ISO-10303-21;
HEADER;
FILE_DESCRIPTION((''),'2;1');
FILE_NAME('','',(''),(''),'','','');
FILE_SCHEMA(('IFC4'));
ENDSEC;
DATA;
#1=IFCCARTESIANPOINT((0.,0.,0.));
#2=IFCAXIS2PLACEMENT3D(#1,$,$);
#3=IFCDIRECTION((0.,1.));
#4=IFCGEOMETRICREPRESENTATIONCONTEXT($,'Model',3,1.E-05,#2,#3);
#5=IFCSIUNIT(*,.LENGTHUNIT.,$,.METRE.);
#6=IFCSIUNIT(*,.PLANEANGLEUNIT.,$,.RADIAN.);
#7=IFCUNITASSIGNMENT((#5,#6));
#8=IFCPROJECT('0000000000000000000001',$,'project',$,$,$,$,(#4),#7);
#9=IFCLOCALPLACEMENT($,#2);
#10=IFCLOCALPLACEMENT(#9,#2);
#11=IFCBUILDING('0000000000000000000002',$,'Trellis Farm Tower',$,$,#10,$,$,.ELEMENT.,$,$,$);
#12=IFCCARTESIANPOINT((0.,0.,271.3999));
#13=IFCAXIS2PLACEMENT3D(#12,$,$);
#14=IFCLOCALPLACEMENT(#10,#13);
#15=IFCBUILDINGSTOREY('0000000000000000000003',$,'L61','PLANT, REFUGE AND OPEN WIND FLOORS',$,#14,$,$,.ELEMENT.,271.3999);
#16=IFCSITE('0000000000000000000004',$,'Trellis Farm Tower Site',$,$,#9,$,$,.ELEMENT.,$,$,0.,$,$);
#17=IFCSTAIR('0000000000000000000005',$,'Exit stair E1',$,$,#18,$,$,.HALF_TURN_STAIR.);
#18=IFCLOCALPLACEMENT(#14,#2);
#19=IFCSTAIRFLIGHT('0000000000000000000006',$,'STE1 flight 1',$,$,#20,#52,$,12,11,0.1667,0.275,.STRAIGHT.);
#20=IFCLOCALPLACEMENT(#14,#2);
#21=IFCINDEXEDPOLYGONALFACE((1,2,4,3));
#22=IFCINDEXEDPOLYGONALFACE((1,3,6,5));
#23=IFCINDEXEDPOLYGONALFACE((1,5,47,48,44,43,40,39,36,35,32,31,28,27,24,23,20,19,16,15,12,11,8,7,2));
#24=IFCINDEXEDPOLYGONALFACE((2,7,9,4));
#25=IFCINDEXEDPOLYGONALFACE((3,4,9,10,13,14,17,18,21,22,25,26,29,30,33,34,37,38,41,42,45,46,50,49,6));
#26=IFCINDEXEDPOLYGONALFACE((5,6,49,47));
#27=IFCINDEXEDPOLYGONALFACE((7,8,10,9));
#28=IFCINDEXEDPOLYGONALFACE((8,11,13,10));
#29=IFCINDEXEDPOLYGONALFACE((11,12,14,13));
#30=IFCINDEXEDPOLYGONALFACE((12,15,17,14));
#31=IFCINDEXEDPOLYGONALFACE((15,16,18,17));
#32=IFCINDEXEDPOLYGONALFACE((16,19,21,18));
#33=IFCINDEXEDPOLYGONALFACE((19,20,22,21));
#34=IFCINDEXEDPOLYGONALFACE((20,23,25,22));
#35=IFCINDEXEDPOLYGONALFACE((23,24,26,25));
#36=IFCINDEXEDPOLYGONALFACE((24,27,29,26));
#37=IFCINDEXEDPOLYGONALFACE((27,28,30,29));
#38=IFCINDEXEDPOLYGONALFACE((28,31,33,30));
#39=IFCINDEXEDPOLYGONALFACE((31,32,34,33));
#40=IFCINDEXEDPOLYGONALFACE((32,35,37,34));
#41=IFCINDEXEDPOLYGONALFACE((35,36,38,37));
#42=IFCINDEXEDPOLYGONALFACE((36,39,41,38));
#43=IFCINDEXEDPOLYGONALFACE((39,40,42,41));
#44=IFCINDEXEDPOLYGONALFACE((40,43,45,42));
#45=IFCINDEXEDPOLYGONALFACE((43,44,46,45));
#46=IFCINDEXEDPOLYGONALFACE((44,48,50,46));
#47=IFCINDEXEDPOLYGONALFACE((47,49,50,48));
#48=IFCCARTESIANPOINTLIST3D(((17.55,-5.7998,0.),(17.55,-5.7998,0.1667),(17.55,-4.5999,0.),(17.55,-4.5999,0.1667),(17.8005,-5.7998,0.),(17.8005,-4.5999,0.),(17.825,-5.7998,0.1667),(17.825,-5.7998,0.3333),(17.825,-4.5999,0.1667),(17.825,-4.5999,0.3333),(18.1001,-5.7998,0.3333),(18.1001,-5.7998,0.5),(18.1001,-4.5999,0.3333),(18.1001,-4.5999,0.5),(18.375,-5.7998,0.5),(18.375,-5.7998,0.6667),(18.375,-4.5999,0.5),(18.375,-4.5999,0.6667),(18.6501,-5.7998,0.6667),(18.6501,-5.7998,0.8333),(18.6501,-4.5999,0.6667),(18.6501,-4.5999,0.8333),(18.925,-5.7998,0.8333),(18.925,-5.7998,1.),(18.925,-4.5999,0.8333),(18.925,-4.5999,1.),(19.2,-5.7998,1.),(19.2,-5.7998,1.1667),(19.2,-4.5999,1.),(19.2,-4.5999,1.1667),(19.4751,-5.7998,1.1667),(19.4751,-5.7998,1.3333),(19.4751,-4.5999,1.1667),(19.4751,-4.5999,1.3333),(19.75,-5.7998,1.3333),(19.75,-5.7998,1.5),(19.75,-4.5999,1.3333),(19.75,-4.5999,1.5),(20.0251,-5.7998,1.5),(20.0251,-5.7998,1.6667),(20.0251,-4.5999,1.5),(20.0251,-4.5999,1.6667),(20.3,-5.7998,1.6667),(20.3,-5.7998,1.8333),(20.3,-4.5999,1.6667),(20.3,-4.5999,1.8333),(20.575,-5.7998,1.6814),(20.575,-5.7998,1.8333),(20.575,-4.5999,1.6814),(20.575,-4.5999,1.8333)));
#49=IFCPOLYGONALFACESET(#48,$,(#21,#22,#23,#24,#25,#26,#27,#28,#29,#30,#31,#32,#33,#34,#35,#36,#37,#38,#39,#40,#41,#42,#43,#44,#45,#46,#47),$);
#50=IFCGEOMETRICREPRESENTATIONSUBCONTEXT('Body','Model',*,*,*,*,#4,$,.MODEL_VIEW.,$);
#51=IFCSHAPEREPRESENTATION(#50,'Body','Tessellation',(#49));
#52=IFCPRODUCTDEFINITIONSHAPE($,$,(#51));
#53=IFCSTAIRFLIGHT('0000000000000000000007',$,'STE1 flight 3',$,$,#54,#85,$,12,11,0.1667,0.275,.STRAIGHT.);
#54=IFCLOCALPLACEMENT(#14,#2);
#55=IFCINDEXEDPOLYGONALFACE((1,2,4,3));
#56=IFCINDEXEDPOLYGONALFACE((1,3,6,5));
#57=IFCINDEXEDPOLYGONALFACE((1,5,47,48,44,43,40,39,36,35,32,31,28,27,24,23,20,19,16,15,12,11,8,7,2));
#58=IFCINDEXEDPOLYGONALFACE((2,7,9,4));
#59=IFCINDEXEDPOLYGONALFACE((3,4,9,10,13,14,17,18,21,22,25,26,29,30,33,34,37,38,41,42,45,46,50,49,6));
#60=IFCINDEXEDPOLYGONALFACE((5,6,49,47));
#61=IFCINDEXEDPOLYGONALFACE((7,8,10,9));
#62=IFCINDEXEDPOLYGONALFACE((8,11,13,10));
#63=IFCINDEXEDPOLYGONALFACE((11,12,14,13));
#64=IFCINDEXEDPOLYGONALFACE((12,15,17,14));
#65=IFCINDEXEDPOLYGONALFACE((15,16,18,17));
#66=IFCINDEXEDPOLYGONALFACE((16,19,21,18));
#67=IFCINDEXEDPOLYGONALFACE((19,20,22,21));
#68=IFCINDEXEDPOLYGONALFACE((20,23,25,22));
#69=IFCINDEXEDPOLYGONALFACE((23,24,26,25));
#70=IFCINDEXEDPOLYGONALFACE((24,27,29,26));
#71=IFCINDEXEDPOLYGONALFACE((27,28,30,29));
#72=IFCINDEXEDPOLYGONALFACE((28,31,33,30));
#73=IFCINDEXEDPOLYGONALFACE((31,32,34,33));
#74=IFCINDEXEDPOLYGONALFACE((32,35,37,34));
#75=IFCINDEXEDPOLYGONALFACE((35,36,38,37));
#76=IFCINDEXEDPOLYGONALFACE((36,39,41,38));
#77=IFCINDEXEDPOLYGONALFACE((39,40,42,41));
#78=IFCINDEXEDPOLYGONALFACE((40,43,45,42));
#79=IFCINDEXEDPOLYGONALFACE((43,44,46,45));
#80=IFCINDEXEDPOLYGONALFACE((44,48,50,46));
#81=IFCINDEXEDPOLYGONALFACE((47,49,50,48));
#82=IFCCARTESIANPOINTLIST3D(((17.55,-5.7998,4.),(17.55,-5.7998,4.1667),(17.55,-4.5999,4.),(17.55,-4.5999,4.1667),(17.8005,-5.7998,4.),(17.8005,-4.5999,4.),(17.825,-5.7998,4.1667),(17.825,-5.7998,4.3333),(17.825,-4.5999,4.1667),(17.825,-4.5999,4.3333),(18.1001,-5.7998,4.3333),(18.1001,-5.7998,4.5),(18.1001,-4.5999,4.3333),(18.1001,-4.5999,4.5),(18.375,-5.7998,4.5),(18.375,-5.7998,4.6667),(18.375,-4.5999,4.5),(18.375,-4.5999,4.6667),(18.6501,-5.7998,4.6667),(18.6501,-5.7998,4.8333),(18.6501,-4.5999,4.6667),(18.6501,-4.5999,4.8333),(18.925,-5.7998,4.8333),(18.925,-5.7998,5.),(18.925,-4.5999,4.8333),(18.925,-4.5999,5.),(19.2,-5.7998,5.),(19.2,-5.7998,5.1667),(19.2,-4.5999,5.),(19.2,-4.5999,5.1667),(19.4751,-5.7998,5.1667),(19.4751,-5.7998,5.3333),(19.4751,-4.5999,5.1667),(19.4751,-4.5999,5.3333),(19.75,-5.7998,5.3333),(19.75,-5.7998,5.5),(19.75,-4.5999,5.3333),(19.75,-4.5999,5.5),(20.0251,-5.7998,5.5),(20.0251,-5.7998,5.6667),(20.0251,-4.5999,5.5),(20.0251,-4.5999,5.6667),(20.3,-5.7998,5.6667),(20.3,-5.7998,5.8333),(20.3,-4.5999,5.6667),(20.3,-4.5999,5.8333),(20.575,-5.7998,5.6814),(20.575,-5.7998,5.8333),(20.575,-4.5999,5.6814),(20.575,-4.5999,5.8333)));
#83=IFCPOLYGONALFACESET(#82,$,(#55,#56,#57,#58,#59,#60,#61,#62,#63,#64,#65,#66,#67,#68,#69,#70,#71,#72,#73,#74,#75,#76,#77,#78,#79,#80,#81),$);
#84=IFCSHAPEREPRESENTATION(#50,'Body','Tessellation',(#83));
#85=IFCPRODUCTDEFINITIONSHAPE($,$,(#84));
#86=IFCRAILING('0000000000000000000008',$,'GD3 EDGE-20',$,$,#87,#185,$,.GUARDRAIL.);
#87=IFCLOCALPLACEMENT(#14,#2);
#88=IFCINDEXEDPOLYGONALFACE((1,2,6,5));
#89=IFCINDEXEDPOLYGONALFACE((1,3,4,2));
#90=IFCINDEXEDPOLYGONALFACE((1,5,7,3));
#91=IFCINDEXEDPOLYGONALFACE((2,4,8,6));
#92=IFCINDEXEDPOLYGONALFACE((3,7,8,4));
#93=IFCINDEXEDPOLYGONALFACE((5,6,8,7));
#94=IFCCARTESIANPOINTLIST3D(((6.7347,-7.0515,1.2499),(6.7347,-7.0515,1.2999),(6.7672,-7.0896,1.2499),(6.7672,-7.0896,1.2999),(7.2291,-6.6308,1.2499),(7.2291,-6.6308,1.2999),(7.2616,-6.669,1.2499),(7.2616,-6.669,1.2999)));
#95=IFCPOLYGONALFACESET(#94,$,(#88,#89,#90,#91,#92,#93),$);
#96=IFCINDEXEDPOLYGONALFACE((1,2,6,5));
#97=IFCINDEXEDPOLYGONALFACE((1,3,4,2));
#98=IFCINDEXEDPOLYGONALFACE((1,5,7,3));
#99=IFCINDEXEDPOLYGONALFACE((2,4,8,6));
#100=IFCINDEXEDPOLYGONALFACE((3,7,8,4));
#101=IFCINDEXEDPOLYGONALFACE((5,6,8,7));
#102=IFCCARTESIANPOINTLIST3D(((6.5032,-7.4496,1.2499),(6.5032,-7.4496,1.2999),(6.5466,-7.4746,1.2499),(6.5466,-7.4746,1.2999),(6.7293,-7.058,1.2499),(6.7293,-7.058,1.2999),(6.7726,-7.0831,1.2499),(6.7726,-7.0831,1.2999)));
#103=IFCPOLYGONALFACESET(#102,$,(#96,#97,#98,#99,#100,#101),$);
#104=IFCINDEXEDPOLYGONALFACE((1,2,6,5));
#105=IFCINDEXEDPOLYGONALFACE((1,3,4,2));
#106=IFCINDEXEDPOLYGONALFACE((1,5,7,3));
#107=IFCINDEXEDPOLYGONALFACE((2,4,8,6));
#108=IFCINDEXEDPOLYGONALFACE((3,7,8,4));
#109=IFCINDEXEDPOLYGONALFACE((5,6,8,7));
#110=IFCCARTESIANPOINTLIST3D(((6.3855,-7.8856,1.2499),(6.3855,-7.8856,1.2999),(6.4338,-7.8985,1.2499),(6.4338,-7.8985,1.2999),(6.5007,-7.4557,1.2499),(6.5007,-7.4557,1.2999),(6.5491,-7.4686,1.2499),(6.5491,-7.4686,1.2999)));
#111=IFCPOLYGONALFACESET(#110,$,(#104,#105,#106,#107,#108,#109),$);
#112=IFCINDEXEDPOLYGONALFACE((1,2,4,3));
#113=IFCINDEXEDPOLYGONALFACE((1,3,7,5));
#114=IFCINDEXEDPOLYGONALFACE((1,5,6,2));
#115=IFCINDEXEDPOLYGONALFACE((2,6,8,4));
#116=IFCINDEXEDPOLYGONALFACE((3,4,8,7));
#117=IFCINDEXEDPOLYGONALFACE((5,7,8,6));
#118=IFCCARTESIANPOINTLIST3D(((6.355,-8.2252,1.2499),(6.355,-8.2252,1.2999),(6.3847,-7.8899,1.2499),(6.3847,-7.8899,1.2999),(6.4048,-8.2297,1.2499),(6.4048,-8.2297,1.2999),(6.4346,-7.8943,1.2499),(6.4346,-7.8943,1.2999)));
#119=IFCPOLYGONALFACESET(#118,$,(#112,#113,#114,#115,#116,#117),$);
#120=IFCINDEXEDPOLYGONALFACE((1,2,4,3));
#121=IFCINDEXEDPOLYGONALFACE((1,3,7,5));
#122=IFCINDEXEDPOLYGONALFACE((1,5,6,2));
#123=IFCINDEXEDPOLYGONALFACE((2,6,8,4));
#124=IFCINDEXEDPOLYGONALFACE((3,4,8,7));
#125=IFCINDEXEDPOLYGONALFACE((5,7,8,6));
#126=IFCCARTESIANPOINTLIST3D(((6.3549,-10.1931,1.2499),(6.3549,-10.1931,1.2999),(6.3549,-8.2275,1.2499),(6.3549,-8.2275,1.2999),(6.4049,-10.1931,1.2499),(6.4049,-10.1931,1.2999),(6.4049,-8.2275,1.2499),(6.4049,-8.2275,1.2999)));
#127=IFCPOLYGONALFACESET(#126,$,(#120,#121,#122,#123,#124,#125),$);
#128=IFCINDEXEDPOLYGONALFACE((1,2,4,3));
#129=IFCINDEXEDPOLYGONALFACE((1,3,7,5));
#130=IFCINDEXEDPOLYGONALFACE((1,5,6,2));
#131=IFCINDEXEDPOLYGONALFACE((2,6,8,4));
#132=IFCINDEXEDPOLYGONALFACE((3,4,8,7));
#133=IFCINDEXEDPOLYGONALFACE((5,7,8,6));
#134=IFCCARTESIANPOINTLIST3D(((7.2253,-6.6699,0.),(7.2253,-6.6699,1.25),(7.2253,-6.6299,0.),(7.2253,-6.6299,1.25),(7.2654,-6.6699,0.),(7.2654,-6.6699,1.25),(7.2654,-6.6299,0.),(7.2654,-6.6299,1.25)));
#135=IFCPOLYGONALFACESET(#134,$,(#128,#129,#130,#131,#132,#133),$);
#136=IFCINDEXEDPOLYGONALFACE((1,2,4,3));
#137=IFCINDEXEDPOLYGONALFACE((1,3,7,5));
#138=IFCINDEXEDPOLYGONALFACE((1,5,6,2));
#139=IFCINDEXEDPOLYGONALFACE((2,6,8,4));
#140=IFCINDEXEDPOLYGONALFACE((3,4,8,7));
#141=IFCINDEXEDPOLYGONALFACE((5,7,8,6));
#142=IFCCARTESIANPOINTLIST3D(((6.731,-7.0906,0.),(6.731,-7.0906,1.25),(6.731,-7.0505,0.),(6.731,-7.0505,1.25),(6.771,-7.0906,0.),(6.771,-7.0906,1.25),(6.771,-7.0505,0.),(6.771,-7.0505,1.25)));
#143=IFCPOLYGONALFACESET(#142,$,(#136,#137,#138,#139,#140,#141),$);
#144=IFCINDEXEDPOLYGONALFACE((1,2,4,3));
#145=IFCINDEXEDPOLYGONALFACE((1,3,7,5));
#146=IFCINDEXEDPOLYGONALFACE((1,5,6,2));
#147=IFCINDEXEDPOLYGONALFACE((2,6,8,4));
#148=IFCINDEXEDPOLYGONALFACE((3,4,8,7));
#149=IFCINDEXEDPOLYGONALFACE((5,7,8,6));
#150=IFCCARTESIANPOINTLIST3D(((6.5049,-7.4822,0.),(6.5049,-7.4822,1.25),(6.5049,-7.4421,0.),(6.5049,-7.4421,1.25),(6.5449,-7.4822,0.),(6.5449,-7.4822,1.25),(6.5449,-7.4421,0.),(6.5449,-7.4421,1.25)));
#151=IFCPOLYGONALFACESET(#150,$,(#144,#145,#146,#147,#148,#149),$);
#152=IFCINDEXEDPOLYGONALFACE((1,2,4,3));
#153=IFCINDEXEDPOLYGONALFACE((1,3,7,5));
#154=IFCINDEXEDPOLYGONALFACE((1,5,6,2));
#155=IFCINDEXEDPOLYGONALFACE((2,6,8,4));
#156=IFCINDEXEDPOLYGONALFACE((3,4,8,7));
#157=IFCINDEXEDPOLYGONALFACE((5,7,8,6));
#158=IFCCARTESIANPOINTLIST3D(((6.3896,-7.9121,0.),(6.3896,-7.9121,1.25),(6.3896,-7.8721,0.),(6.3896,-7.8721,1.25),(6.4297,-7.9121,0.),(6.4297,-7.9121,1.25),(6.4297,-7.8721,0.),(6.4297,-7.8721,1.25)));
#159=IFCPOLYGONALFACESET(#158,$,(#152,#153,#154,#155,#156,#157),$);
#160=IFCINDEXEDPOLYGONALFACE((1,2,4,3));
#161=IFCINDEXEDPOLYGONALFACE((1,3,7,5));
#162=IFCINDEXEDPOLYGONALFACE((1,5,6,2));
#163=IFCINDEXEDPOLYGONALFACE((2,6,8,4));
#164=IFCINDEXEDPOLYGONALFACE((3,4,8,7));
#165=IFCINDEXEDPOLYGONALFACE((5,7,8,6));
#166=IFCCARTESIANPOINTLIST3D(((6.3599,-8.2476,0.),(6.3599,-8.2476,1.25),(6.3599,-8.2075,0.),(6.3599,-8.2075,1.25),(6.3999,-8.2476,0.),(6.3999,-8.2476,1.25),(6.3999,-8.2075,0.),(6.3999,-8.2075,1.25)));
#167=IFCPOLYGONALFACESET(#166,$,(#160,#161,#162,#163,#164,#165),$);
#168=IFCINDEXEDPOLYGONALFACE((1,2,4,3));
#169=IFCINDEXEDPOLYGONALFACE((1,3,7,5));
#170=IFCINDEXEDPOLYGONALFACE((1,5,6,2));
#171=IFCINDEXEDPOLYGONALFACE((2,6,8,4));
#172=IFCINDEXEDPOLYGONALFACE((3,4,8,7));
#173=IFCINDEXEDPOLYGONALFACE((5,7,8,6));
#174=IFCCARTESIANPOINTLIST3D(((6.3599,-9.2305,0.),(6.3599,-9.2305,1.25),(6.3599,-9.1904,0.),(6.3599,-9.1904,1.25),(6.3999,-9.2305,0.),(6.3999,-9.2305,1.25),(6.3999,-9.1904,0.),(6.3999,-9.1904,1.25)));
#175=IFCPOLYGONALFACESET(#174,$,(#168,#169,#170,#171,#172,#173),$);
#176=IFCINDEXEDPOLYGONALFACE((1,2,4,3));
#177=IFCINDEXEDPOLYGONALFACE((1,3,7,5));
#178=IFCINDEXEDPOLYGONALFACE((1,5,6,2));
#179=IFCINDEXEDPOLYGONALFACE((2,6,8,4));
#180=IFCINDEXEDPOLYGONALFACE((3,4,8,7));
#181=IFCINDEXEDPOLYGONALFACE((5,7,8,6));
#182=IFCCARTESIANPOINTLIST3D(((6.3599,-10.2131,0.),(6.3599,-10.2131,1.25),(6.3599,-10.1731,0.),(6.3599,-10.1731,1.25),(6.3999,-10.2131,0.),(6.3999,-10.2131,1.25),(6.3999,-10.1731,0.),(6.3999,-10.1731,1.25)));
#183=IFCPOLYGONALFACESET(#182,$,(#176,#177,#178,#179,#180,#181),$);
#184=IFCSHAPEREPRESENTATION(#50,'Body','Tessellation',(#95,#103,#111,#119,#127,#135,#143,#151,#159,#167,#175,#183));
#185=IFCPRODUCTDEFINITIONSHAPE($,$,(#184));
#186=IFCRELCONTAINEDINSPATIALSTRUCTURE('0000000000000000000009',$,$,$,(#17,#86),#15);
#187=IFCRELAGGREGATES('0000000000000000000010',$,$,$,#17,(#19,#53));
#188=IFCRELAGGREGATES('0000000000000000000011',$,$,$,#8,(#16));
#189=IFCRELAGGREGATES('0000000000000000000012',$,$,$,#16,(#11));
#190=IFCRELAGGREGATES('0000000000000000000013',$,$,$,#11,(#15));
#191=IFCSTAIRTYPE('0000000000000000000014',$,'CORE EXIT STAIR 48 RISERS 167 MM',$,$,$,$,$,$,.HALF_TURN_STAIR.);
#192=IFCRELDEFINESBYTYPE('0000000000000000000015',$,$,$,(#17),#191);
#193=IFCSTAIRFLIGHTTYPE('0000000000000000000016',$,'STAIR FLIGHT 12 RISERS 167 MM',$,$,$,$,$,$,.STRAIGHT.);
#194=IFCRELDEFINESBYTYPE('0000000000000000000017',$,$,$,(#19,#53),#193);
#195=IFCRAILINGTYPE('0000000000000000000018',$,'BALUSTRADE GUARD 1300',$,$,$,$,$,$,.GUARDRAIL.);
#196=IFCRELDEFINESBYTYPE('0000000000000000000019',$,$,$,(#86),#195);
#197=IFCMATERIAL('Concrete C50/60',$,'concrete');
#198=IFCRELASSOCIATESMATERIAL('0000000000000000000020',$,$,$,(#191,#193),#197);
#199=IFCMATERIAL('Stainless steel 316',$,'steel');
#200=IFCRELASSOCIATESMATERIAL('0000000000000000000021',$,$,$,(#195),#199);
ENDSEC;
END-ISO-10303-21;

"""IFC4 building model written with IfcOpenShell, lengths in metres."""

from ifc_helpers import new_model, si_unit, direction, frame, origin, origin_2d, place, context, subcontext, project, spatial, polyline, rectangle, outline, extrude, source, transform, mapped, material, type_object, element, aggregate, save


model = new_model("IFC4")

# Units and contexts
model_context = context("Model", 3, precision=1e-05, world=origin(), true_north=direction((0.0, 1.0)))
body_context = subcontext(model_context, "Body", "Model", "MODEL_VIEW")
ifc_project = project(units=[si_unit("LENGTHUNIT", "METRE"), si_unit("PLANEANGLEUNIT", "RADIAN")], contexts=[model_context])

# Site, building, storey
site_placement = place(None, origin())
site = spatial("IfcSite", under=ifc_project, at=site_placement, Name="Trellis Farm Tower Site", CompositionType="ELEMENT", RefElevation=0.0)
building_placement = place(site_placement, origin())
building = spatial("IfcBuilding", under=site, at=building_placement, Name="Trellis Farm Tower", CompositionType="ELEMENT")
storey_placement = place(building_placement, frame((0.0, 0.0, 271.3999)))
storey = spatial("IfcBuildingStorey", under=building, at=storey_placement, Name="L61", Description="PLANT, REFUGE AND OPEN WIND FLOORS", CompositionType="ELEMENT", Elevation=271.3999)

# Stair, stair flights
ifc_material_1 = material(Name="Concrete C50/60", Category="concrete")
stair_type = type_object("IfcStairType", Name="CORE EXIT STAIR 48 RISERS 167 MM", PredefinedType="HALF_TURN_STAIR", material=ifc_material_1)
stair_placement = place(storey_placement, origin())
stair = element("IfcStair", 1, at=stair_placement, inside=storey, type_object=stair_type, Name="Exit stair E1", PredefinedType="HALF_TURN_STAIR")
stair_flight_type = type_object("IfcStairFlightType", Name="STAIR FLIGHT 12 RISERS 167 MM", PredefinedType="STRAIGHT", material=ifc_material_1)
shared_shape_1 = source(origin(), body_context, "Body", "SweptSolid", [
    extrude(outline(polyline([(0.0, 0.0), (0.0, 0.1667), (0.2749, 0.1667), (0.2749, 0.3333), (0.55, 0.3333), (0.55, 0.5), (0.825, 0.5), (0.825, 0.6667), (1.1001, 0.6667), (1.1001, 0.8333), (1.375, 0.8333), (1.375, 1.0), (1.6499, 1.0), (1.6499, 1.1667), (1.925, 1.1667), (1.925, 1.3333), (2.2, 1.3333), (2.2, 1.5), (2.4751, 1.5), (2.4751, 1.6667), (2.75, 1.6667), (2.75, 1.8333), (3.0249, 1.8333), (3.0249, 2.0), (3.0249, 1.6814), (0.2505, 0.0), (0.0, 0.0)])), frame((0.0, 0.6001, 0.0), z_axis=(0.0, -1.0, 0.0), x_axis=(1.0, 0.0, 0.0)), (0.0, 0.0, 1.0), 1.2),
])
stair_flight_1_placement = place(storey_placement, frame((17.55, -5.2, 0.0), z_axis=(0.0, 0.0, 1.0), x_axis=(1.0, 0.0, 0.0)))
stair_flight_1 = element("IfcStairFlight", 2, at=stair_flight_1_placement, type_object=stair_flight_type, Name="STE1 flight 1", NumberOfRisers=12, NumberOfTreads=11, PredefinedType="STRAIGHT", RiserHeight=0.1667, TreadLength=0.275, context=body_context, shape_type="MappedRepresentation", body=[
    mapped(shared_shape_1, transform((0.0, 0.0, 0.0))),
])
stair_flight_2_placement = place(storey_placement, frame((17.55, -5.2, 4.0), z_axis=(0.0, 0.0, 1.0), x_axis=(1.0, 0.0, 0.0)))
stair_flight_2 = element("IfcStairFlight", 3, at=stair_flight_2_placement, type_object=stair_flight_type, Name="STE1 flight 3", NumberOfRisers=12, NumberOfTreads=11, PredefinedType="STRAIGHT", RiserHeight=0.1667, TreadLength=0.275, context=body_context, shape_type="MappedRepresentation", body=[
    mapped(shared_shape_1, transform((0.0, 0.0, 0.0))),
])
aggregate(stair, [stair_flight_1, stair_flight_2])

# Railing
ifc_material_2 = material(Name="Stainless steel 316", Category="steel")
railing_type_1 = type_object("IfcRailingType", Name="BALUSTRADE GUARD 1300", PredefinedType="GUARDRAIL", material=ifc_material_2)
railing_1_placement = place(storey_placement, frame((7.2454, -6.6499, 0.0)))
element("IfcRailing", 4, at=railing_1_placement, inside=storey, type_object=railing_type_1, Name="GD3 EDGE-20", PredefinedType="GUARDRAIL", context=body_context, shape_type="SweptSolid", body=[
    extrude(rectangle(XDim=0.05, YDim=0.05, at=origin_2d()), frame((0.0, 0.0, 1.2749), z_axis=(-0.761614, -0.64803, 0.0), x_axis=(0.64803, -0.761614, 0.0)), (0.0, 0.0, 1.0), 0.6492),
    extrude(rectangle(XDim=0.05, YDim=0.05, at=origin_2d()), frame((-0.4944, -0.4207, 1.2749), z_axis=(-0.499972, -0.866042, 0.0), x_axis=(0.866042, -0.499972, 0.0)), (0.0, 0.0, 1.0), 0.4521),
    extrude(rectangle(XDim=0.05, YDim=0.05, at=origin_2d()), frame((-0.7205, -0.8123, 1.2749), z_axis=(-0.258891, -0.965906, 0.0), x_axis=(0.965906, -0.258891, 0.0)), (0.0, 0.0, 1.0), 0.4451),
    extrude(rectangle(XDim=0.05, YDim=0.05, at=origin_2d()), frame((-0.8357, -1.2422, 1.2749), z_axis=(-0.088444, -0.996081, 0.0), x_axis=(0.996081, -0.088444, 0.0)), (0.0, 0.0, 1.0), 0.3367),
    extrude(rectangle(XDim=0.05, YDim=0.05, at=origin_2d()), frame((-0.8655, -1.5776, 1.2749), z_axis=(0.0, -1.0, 0.0), x_axis=(1.0, 0.0, 0.0)), (0.0, 0.0, 1.0), 1.9656),
    extrude(rectangle(XDim=0.04, YDim=0.04, at=origin_2d()), origin(), (0.0, 0.0, 1.0), 1.25),
    extrude(rectangle(XDim=0.04, YDim=0.04, at=origin_2d()), frame((-0.4944, -0.4207, 0.0)), (0.0, 0.0, 1.0), 1.25),
    extrude(rectangle(XDim=0.04, YDim=0.04, at=origin_2d()), frame((-0.7205, -0.8123, 0.0)), (0.0, 0.0, 1.0), 1.25),
    extrude(rectangle(XDim=0.04, YDim=0.04, at=origin_2d()), frame((-0.8357, -1.2422, 0.0)), (0.0, 0.0, 1.0), 1.25),
    extrude(rectangle(XDim=0.04, YDim=0.04, at=origin_2d()), frame((-0.8655, -1.5776, 0.0)), (0.0, 0.0, 1.0), 1.25),
    extrude(rectangle(XDim=0.04, YDim=0.04, at=origin_2d()), frame((-0.8655, -2.5605, 0.0)), (0.0, 0.0, 1.0), 1.25),
    extrude(rectangle(XDim=0.04, YDim=0.04, at=origin_2d()), frame((-0.8655, -3.5432, 0.0)), (0.0, 0.0, 1.0), 1.25),
])

save(model, "model.ifc")
